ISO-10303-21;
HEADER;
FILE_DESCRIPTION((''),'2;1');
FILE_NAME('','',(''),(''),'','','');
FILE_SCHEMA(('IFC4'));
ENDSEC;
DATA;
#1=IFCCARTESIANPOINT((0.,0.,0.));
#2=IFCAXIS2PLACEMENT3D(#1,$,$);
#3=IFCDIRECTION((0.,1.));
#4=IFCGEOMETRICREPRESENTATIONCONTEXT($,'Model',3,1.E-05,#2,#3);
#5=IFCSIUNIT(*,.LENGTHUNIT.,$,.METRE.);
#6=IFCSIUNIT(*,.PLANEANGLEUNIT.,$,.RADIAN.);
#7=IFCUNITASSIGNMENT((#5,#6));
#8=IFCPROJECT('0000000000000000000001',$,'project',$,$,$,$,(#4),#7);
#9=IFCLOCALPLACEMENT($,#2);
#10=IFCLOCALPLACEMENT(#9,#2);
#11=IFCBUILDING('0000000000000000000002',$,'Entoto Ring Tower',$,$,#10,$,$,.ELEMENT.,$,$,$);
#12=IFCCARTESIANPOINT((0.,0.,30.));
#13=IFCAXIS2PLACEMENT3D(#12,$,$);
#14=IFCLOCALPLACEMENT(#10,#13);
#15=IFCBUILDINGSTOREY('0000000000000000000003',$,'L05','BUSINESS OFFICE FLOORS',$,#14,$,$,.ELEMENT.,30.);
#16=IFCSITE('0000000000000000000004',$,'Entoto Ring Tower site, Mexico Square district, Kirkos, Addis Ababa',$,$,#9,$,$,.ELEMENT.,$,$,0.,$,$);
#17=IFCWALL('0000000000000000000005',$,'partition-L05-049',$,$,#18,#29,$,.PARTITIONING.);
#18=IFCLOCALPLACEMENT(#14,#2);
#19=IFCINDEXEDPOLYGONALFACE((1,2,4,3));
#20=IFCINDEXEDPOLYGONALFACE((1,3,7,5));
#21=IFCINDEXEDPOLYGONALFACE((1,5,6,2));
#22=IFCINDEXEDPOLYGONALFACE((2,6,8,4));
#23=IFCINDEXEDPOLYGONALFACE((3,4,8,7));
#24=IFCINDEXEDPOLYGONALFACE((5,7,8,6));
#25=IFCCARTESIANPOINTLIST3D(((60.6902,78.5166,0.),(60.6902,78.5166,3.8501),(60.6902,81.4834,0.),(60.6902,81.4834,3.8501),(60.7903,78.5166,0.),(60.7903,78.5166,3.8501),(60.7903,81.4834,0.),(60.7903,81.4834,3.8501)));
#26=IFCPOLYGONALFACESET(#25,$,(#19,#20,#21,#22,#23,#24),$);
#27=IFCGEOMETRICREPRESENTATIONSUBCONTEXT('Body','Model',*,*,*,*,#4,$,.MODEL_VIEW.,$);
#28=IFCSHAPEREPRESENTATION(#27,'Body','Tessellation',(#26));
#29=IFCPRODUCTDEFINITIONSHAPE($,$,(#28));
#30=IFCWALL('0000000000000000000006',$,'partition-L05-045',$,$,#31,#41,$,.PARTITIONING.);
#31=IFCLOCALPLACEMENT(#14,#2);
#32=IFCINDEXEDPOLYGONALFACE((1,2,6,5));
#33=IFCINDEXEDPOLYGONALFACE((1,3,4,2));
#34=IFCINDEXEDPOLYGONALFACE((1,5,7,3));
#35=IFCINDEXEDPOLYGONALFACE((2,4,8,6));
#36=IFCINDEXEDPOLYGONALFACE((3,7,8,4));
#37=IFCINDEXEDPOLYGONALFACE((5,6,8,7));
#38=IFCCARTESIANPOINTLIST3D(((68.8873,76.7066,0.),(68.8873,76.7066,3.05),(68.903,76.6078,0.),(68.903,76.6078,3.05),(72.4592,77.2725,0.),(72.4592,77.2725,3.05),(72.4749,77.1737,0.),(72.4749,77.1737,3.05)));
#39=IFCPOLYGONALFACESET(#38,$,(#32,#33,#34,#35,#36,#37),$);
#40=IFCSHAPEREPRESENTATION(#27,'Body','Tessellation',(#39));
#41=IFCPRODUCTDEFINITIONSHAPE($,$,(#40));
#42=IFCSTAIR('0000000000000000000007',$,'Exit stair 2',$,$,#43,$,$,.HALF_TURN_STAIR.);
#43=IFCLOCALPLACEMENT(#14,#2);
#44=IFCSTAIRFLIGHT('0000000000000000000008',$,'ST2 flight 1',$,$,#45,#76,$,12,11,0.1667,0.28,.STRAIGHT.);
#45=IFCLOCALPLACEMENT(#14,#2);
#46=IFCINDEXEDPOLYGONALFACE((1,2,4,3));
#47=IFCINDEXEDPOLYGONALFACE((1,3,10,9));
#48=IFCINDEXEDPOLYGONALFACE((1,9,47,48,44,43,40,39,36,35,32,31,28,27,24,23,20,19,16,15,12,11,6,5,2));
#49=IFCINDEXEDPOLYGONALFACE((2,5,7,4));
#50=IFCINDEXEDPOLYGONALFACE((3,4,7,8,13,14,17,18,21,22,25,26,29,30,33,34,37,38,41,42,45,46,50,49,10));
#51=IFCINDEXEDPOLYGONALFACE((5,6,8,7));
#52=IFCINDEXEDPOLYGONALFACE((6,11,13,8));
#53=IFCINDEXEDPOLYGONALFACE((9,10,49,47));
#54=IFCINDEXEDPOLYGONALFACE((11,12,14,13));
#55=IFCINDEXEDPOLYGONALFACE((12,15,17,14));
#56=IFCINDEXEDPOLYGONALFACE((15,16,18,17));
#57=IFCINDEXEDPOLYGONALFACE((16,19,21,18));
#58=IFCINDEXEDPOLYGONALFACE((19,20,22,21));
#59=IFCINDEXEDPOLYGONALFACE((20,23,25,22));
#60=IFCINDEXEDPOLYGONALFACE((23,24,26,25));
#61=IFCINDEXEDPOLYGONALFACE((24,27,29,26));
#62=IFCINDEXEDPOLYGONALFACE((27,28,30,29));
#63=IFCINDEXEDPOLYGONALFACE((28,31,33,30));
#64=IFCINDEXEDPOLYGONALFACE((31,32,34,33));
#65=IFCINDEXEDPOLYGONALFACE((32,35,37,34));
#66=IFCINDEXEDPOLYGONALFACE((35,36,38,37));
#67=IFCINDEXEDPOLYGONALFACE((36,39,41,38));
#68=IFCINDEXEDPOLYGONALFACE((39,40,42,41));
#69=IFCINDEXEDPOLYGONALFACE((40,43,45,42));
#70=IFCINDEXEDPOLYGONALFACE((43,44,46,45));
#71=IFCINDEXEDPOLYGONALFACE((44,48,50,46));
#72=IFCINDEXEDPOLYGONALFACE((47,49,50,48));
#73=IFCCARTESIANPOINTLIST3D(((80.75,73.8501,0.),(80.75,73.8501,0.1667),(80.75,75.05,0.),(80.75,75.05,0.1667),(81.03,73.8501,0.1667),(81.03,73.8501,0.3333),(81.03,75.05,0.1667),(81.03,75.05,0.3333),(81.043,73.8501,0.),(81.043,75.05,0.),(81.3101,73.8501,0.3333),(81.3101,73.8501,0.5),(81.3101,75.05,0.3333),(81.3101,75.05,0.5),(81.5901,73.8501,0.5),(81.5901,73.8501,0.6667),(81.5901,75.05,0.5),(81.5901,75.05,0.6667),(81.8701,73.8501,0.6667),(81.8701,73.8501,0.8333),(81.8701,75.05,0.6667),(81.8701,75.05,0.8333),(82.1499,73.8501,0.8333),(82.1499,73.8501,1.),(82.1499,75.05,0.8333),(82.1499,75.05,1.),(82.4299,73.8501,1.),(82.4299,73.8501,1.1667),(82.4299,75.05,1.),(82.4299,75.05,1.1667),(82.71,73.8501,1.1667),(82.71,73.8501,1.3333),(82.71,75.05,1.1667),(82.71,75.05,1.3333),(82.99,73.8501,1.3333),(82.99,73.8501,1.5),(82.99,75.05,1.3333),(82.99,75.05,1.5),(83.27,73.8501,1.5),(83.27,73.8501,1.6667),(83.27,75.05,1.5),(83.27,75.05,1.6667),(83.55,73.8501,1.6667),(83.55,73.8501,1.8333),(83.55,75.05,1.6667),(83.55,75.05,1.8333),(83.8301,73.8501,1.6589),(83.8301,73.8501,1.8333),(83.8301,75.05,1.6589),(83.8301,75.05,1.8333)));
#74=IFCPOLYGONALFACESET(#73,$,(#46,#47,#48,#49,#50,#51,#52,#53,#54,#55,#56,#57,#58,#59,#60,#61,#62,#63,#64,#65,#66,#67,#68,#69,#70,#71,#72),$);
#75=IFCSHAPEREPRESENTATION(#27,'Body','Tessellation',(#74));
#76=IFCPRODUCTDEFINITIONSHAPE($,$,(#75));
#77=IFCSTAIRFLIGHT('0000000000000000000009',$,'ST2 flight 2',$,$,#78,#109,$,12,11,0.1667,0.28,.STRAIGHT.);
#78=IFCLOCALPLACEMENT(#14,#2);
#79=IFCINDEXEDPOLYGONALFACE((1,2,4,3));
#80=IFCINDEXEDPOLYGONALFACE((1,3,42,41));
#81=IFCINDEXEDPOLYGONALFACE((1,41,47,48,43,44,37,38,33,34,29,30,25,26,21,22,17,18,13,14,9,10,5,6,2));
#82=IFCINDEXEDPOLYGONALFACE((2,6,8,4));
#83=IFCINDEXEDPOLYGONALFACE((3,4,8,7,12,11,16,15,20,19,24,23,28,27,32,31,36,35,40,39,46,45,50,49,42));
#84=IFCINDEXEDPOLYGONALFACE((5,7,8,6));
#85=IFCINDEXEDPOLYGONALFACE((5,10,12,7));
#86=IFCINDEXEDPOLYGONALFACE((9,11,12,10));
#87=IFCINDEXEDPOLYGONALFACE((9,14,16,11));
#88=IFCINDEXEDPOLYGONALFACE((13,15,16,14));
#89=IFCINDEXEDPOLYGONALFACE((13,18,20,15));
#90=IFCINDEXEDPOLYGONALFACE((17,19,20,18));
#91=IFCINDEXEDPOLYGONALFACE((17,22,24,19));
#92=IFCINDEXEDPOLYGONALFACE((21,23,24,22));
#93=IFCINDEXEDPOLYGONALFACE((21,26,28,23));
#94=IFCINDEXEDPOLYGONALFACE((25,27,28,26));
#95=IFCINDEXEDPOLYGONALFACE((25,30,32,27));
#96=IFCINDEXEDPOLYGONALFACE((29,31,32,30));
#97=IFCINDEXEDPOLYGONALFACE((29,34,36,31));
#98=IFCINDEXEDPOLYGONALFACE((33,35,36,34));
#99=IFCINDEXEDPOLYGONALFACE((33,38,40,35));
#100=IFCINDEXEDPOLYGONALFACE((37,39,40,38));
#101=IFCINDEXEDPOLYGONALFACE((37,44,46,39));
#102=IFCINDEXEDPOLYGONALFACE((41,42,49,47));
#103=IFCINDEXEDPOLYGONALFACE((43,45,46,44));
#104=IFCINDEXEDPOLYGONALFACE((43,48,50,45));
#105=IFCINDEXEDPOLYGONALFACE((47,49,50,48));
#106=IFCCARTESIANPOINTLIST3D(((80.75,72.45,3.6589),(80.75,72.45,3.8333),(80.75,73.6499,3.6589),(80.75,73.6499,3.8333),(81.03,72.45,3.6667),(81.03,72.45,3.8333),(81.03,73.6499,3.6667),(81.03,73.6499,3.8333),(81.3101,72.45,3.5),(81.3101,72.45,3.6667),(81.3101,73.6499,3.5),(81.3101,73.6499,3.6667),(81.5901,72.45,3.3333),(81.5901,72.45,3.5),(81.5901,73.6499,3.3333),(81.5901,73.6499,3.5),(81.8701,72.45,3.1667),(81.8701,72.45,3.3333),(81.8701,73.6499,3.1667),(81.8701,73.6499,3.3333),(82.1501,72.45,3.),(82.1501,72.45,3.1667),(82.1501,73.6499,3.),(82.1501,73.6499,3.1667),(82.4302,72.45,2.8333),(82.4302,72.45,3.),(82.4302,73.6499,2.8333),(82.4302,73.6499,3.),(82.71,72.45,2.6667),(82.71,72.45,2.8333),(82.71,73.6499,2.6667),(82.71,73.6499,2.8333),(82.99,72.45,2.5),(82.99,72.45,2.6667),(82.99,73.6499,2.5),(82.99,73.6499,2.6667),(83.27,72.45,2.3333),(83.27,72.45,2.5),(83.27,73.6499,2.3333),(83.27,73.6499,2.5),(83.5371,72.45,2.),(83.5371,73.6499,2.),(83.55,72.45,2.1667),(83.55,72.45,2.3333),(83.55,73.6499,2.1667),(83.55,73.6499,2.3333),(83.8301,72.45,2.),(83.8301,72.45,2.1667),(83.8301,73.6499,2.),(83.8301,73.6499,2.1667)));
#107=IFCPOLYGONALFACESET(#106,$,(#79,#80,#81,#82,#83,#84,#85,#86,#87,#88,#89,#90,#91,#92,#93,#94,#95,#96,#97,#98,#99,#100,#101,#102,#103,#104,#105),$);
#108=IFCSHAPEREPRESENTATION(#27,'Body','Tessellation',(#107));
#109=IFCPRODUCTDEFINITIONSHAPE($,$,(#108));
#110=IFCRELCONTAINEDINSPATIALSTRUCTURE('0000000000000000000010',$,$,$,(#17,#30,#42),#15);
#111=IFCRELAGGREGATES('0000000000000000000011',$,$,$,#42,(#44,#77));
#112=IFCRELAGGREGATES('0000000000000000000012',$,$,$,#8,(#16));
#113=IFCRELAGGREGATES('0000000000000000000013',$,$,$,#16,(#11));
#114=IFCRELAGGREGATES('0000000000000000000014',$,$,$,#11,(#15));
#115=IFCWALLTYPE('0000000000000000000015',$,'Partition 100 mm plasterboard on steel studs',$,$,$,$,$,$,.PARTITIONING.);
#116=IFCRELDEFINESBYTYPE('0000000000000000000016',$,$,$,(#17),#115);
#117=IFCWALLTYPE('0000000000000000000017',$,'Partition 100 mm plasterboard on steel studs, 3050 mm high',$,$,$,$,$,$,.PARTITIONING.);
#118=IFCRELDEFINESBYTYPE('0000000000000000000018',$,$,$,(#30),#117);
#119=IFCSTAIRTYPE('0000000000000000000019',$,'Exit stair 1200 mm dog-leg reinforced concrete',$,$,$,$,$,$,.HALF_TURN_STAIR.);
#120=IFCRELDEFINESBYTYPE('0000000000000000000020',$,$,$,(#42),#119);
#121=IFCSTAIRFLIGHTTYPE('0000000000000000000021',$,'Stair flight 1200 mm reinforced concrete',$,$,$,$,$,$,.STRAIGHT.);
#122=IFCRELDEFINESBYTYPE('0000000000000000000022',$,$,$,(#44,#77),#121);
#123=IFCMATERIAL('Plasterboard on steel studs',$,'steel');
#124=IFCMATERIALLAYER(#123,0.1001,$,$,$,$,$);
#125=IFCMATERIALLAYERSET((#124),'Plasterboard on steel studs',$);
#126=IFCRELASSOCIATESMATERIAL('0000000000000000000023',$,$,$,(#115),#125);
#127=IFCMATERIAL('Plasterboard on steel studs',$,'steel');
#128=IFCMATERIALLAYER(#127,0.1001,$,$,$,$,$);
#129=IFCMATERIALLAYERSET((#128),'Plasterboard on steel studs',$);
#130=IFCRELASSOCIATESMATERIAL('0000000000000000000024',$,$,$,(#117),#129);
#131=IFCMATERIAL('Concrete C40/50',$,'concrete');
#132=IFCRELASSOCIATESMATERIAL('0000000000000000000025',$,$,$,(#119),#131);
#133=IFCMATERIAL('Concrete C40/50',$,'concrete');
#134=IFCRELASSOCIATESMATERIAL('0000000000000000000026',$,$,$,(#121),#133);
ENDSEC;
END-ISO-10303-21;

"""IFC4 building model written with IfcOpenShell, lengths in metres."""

from ifc_helpers import new_model, si_unit, direction, frame, frame_2d, origin, place, context, subcontext, project, spatial, polyline, rectangle, outline, extrude, material, layer, layer_set, type_object, element, aggregate, save


model = new_model("IFC4")

# Units and contexts
model_context = context("Model", 3, precision=1e-05, world=origin(), true_north=direction((0.0, 1.0)))
body_context = subcontext(model_context, "Body", "Model", "MODEL_VIEW")
ifc_project = project(units=[si_unit("LENGTHUNIT", "METRE"), si_unit("PLANEANGLEUNIT", "RADIAN")], contexts=[model_context])

# Site, building, storey
site_placement = place(None, origin())
site = spatial("IfcSite", under=ifc_project, at=site_placement, Name="Entoto Ring Tower site, Mexico Square district, Kirkos, Addis Ababa", CompositionType="ELEMENT", RefElevation=0.0)
building_placement = place(site_placement, origin())
building = spatial("IfcBuilding", under=site, at=building_placement, Name="Entoto Ring Tower", CompositionType="ELEMENT")
storey_placement = place(building_placement, frame((0.0, 0.0, 30.0)))
storey = spatial("IfcBuildingStorey", under=building, at=storey_placement, Name="L05", Description="BUSINESS OFFICE FLOORS", CompositionType="ELEMENT", Elevation=30.0)

# Shared definitions
ifc_material_1 = material(Name="Plasterboard on steel studs", Category="steel")
ifc_layer_1 = layer(ifc_material_1, 0.1001)
ifc_layer_set_1 = layer_set([ifc_layer_1], Name="Plasterboard on steel studs")
wall_type_1 = type_object("IfcWallType", Name="Partition 100 mm plasterboard on steel studs", PredefinedType="PARTITIONING", material=ifc_layer_set_1)

# Walls
wall_1_placement = place(storey_placement, frame((60.7402, 78.5166, 0.0), z_axis=(0.0, 0.0, 1.0), x_axis=(0.0, 1.0, 0.0)))
element("IfcWall", 1, at=wall_1_placement, inside=storey, type_object=wall_type_1, Name="partition-L05-049", PredefinedType="PARTITIONING", context=body_context, shape_type="SweptSolid", body=[
    extrude(rectangle(XDim=2.9668, YDim=0.1001, at=frame_2d((1.4834, 0.0))), origin(), (0.0, 0.0, 1.0), 3.8501),
])
ifc_material_2 = material(Name="Plasterboard on steel studs", Category="steel")
ifc_layer_2 = layer(ifc_material_2, 0.1001)
ifc_layer_set_2 = layer_set([ifc_layer_2], Name="Plasterboard on steel studs")
wall_type_2 = type_object("IfcWallType", Name="Partition 100 mm plasterboard on steel studs, 3050 mm high", PredefinedType="PARTITIONING", material=ifc_layer_set_2)
wall_2_placement = place(storey_placement, frame((68.8953, 76.6572, 0.0), z_axis=(0.0, 0.0, 1.0), x_axis=(0.987681, 0.156479, 0.0)))
element("IfcWall", 2, at=wall_2_placement, inside=storey, type_object=wall_type_2, Name="partition-L05-045", PredefinedType="PARTITIONING", context=body_context, shape_type="SweptSolid", body=[
    extrude(rectangle(XDim=3.6165, YDim=0.1001, at=frame_2d((1.8081, 0.0))), origin(), (0.0, 0.0, 1.0), 3.05),
])

# Stair, stair flights
ifc_material_3 = material(Name="Concrete C40/50", Category="concrete")
stair_type = type_object("IfcStairType", Name="Exit stair 1200 mm dog-leg reinforced concrete", PredefinedType="HALF_TURN_STAIR", material=ifc_material_3)
stair_placement = place(storey_placement, origin())
stair = element("IfcStair", 3, at=stair_placement, inside=storey, type_object=stair_type, Name="Exit stair 2", PredefinedType="HALF_TURN_STAIR")
ifc_material_4 = material(Name="Concrete C40/50", Category="concrete")
stair_flight_type = type_object("IfcStairFlightType", Name="Stair flight 1200 mm reinforced concrete", PredefinedType="STRAIGHT", material=ifc_material_4)
stair_flight_1_placement = place(storey_placement, frame((80.75, 74.45, 0.0), z_axis=(0.0, 0.0, 1.0), x_axis=(1.0, 0.0, 0.0)))
stair_flight_1 = element("IfcStairFlight", 4, at=stair_flight_1_placement, type_object=stair_flight_type, Name="ST2 flight 1", NumberOfRisers=12, NumberOfTreads=11, PredefinedType="STRAIGHT", RiserHeight=0.1667, TreadLength=0.28, context=body_context, shape_type="SweptSolid", body=[
    extrude(outline(polyline([(0.0, 0.0), (0.0, 0.1667), (0.28, 0.1667), (0.28, 0.3333), (0.5601, 0.3333), (0.5601, 0.5), (0.8401, 0.5), (0.8401, 0.6667), (1.1201, 0.6667), (1.1201, 0.8333), (1.3999, 0.8333), (1.3999, 1.0), (1.6799, 1.0), (1.6799, 1.1667), (1.96, 1.1667), (1.96, 1.3333), (2.24, 1.3333), (2.24, 1.5), (2.52, 1.5), (2.52, 1.6667), (2.8, 1.6667), (2.8, 1.8333), (3.0801, 1.8333), (3.0801, 2.0), (3.0801, 1.6589), (0.293, 0.0), (0.0, 0.0)])), frame((0.0, 0.6001, 0.0), z_axis=(0.0, -1.0, 0.0), x_axis=(1.0, 0.0, 0.0)), (0.0, 0.0, 1.0), 1.2),
])
stair_flight_2_placement = place(storey_placement, frame((83.8301, 73.05, 2.0), z_axis=(0.0, 0.0, 1.0), x_axis=(-1.0, 0.0, 0.0)))
stair_flight_2 = element("IfcStairFlight", 5, at=stair_flight_2_placement, type_object=stair_flight_type, Name="ST2 flight 2", NumberOfRisers=12, NumberOfTreads=11, PredefinedType="STRAIGHT", RiserHeight=0.1667, TreadLength=0.28, context=body_context, shape_type="SweptSolid", body=[
    extrude(outline(polyline([(0.0, 0.0), (0.0, 0.1667), (0.28, 0.1667), (0.28, 0.3333), (0.5601, 0.3333), (0.5601, 0.5), (0.8401, 0.5), (0.8401, 0.6667), (1.1201, 0.6667), (1.1201, 0.8333), (1.3999, 0.8333), (1.3999, 1.0), (1.6799, 1.0), (1.6799, 1.1667), (1.96, 1.1667), (1.96, 1.3333), (2.24, 1.3333), (2.24, 1.5), (2.52, 1.5), (2.52, 1.6667), (2.8, 1.6667), (2.8, 1.8333), (3.0801, 1.8333), (3.0801, 2.0), (3.0801, 1.6589), (0.293, 0.0), (0.0, 0.0)])), frame((0.0, 0.6001, 0.0), z_axis=(0.0, -1.0, 0.0), x_axis=(1.0, 0.0, 0.0)), (0.0, 0.0, 1.0), 1.2),
])
aggregate(stair, [stair_flight_1, stair_flight_2])

save(model, "model.ifc")
